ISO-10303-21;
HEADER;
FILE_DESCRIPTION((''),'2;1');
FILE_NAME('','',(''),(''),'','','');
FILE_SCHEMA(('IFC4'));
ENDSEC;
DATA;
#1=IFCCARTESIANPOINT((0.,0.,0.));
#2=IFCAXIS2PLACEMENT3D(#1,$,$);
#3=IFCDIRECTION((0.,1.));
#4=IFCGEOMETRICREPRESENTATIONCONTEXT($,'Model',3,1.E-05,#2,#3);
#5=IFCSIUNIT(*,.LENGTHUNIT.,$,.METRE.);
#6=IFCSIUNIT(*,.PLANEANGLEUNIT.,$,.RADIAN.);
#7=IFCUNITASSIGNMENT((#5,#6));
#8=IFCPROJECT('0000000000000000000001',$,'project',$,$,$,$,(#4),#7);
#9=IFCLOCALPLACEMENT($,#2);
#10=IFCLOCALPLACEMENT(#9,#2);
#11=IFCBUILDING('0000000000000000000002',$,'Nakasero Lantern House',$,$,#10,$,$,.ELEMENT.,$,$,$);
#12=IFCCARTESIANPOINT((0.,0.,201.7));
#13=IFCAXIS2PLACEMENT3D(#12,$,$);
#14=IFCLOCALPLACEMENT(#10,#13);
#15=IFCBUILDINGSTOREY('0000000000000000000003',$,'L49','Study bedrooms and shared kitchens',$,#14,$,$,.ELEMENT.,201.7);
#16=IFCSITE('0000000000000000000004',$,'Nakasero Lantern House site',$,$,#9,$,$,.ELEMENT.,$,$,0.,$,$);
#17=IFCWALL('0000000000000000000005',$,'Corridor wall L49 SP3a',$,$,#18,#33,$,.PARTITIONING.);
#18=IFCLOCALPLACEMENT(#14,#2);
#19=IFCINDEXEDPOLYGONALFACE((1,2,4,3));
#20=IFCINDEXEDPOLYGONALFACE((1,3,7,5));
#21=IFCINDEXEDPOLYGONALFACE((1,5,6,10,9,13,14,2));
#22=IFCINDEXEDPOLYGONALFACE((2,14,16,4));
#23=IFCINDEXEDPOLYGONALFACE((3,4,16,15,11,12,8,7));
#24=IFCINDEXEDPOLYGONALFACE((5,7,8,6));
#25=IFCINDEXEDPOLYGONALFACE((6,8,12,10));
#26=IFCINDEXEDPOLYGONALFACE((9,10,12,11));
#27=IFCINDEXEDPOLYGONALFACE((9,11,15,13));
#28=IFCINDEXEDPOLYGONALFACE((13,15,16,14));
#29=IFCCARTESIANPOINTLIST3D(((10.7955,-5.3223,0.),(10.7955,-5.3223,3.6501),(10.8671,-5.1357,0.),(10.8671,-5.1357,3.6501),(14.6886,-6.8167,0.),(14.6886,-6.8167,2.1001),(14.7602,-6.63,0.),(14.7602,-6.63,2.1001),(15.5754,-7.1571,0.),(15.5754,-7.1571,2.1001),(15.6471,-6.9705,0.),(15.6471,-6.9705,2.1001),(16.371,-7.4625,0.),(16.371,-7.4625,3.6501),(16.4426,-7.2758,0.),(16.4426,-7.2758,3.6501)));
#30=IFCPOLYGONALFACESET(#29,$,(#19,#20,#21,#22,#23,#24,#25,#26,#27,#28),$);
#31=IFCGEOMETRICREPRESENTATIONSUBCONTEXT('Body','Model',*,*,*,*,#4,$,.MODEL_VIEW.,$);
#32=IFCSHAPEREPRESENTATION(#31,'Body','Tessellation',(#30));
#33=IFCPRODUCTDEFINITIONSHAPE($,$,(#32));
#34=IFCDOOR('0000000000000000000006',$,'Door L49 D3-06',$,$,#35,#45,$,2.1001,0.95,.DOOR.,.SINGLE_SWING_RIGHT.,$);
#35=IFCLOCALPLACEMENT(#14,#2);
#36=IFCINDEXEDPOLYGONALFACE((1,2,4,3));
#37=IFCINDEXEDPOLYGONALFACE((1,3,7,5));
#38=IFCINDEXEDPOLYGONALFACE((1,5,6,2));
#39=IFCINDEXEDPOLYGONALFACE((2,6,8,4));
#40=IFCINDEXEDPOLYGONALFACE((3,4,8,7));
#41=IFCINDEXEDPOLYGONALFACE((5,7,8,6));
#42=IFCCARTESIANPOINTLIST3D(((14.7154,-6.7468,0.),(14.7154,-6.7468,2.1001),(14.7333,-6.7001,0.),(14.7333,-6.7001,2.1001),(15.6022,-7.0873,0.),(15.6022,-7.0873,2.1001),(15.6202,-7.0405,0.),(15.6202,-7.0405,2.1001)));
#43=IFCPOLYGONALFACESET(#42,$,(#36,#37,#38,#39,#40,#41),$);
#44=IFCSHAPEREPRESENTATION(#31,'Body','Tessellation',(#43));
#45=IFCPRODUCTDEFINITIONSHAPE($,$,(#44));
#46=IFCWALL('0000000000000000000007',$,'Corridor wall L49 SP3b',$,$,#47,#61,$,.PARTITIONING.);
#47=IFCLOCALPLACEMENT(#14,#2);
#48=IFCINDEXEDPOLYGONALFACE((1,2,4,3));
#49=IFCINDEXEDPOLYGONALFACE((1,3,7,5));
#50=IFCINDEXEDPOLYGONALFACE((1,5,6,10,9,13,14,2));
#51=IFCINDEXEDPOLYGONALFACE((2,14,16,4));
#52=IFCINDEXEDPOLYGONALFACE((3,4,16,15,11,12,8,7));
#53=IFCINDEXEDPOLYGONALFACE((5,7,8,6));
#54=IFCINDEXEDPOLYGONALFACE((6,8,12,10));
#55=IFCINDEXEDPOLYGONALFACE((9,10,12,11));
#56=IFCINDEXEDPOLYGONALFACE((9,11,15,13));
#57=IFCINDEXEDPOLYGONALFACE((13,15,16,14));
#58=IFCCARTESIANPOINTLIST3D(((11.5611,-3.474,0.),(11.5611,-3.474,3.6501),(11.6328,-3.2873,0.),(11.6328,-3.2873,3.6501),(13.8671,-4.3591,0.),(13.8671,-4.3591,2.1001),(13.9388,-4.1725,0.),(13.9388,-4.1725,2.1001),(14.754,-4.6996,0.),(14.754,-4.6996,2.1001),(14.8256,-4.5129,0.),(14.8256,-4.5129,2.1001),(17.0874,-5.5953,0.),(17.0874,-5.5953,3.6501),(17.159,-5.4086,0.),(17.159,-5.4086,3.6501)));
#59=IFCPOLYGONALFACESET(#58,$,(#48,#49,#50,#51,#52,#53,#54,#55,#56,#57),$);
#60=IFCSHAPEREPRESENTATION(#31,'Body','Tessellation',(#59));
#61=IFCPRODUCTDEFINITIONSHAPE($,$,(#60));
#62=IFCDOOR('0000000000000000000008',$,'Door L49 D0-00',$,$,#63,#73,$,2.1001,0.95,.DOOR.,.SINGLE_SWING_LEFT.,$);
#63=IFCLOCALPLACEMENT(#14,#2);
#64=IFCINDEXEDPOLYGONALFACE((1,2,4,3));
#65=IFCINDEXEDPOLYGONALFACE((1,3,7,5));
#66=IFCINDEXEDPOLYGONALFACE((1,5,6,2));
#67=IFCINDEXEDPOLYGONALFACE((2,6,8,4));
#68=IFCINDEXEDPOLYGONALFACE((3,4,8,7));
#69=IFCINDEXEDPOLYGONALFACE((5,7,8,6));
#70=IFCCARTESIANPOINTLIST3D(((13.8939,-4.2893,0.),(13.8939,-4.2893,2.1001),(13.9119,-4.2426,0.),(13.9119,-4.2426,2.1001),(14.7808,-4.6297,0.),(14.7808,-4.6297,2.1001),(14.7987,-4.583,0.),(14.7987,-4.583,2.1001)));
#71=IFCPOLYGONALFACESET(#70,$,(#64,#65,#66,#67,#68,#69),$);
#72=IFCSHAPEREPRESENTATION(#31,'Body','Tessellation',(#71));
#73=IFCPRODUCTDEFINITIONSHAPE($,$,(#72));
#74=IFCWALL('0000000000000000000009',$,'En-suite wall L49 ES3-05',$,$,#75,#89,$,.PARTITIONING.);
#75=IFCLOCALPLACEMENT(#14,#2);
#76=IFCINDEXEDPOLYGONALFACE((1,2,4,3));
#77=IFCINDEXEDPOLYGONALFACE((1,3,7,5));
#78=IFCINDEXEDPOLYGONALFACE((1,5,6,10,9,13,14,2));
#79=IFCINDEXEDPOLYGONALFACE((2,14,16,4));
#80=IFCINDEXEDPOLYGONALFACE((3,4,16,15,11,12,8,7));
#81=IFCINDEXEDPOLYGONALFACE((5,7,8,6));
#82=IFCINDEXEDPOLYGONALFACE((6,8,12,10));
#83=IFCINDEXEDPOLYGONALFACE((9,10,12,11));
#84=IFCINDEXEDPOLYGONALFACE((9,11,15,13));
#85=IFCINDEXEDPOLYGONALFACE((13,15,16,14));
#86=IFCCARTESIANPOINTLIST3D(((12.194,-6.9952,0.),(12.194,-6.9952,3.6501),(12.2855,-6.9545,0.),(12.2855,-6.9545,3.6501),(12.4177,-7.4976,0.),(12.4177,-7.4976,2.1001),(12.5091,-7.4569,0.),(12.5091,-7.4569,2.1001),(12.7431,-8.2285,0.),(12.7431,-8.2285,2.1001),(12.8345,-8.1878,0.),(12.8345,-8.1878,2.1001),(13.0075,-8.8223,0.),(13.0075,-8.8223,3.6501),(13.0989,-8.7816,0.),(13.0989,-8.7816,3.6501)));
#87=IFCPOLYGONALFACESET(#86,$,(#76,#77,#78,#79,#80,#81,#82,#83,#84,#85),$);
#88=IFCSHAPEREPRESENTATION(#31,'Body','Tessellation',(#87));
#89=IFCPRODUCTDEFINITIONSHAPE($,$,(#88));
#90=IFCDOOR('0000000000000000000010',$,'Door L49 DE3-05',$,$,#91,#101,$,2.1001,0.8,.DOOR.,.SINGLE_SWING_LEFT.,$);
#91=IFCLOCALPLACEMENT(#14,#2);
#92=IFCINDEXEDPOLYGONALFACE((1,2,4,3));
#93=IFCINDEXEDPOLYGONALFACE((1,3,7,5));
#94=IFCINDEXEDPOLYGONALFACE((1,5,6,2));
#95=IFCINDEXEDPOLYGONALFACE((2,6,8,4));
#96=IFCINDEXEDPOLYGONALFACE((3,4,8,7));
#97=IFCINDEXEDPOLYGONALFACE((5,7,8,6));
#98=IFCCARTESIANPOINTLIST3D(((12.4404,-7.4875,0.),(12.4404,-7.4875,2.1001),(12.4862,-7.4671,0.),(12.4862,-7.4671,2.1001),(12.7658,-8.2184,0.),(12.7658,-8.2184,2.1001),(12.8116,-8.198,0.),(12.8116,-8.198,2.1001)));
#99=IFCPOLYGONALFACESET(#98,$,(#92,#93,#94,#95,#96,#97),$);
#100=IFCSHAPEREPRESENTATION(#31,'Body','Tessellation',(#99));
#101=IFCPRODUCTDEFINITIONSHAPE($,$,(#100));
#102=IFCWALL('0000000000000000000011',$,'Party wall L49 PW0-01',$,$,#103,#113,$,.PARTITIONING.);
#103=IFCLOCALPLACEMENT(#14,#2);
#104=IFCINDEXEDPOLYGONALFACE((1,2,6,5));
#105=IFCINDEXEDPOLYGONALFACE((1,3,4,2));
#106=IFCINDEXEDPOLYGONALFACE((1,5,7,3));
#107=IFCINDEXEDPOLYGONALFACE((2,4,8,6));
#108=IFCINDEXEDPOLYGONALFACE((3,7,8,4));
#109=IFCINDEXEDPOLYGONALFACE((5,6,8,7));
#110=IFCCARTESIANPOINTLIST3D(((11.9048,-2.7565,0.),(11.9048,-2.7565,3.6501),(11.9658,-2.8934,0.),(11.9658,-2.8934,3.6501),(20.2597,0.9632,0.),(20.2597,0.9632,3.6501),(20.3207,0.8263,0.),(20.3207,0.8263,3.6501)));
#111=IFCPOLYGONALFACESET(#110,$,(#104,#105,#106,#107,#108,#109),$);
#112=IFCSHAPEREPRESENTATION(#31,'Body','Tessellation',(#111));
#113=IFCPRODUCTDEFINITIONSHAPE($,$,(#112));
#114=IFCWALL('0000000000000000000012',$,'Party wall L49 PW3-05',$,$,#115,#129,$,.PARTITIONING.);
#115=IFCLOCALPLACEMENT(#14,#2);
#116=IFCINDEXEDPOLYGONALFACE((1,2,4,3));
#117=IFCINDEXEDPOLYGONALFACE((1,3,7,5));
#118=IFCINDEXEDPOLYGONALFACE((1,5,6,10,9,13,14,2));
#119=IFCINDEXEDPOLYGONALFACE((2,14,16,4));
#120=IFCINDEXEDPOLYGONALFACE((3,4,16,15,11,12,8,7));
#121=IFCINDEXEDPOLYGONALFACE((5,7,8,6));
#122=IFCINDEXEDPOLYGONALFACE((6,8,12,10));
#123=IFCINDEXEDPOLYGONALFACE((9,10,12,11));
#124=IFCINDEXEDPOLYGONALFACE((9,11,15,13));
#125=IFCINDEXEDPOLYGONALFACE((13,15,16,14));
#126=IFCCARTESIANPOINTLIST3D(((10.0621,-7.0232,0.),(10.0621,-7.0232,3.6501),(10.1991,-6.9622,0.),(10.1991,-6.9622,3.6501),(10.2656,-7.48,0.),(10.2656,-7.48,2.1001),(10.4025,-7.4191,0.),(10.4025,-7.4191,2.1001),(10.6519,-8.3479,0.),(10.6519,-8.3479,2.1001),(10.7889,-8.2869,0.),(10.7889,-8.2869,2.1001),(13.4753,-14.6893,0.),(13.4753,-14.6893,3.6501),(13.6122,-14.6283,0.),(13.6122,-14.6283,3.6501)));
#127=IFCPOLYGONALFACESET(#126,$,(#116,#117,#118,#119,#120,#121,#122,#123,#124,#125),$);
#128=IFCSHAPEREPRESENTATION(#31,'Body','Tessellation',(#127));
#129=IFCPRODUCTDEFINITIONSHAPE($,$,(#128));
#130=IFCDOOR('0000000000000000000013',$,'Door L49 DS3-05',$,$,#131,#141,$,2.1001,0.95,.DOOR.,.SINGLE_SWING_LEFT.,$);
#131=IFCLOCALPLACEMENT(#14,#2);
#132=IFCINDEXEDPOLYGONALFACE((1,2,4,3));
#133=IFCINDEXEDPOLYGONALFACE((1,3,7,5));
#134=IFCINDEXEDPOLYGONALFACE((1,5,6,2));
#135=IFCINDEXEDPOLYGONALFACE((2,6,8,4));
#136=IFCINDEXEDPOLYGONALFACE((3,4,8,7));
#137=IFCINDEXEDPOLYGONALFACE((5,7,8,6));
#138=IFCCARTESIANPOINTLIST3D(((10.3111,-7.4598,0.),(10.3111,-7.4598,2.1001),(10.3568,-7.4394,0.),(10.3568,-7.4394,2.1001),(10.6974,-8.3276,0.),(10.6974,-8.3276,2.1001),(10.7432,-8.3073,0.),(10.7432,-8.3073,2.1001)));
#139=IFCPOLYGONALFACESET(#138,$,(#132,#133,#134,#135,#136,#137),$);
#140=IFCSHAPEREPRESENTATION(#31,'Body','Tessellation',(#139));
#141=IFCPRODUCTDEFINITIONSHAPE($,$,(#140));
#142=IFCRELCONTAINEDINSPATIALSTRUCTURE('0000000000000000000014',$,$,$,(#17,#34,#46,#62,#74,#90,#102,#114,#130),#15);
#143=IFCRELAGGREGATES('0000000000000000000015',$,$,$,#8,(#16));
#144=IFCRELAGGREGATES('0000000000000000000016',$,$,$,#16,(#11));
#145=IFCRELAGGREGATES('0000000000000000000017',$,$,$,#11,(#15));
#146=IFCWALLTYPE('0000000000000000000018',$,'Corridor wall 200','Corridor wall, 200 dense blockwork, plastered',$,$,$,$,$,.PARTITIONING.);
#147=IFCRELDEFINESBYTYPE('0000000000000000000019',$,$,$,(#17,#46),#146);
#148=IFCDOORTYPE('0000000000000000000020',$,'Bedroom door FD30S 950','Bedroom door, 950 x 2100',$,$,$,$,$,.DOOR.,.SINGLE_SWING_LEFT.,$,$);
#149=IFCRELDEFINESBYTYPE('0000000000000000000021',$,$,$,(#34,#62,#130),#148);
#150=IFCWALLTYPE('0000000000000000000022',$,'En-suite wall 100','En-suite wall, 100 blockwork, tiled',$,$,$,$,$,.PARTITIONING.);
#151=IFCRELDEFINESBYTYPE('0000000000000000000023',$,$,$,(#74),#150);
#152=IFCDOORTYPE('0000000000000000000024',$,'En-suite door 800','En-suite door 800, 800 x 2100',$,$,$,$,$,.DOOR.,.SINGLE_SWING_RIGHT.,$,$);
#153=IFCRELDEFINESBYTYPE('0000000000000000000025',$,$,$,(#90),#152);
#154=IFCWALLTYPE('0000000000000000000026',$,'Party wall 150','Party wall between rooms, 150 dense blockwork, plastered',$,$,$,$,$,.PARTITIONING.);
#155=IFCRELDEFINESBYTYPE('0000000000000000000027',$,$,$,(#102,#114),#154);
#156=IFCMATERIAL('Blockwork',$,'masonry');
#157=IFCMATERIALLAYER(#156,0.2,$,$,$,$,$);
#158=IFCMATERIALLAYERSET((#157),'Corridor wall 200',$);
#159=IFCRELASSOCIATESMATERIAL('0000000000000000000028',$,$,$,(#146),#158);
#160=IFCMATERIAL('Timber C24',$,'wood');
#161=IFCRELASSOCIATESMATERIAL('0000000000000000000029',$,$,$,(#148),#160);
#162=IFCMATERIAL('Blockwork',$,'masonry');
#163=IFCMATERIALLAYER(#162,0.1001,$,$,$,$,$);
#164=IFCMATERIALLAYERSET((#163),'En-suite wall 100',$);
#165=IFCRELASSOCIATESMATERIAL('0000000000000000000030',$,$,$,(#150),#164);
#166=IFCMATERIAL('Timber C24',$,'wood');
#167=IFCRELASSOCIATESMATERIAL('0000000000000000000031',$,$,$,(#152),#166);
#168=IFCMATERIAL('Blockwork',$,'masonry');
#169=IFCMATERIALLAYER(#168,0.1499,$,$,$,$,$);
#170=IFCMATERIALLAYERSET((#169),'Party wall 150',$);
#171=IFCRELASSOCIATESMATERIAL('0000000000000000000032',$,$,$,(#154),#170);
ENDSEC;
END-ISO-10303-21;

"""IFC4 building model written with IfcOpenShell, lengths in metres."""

from ifc_helpers import new_model, si_unit, direction, frame, frame_2d, origin, place, context, subcontext, project, spatial, rectangle, extrude, material, layer, layer_set, type_object, element, fill, save


model = new_model("IFC4")

# Units and contexts
model_context = context("Model", 3, precision=1e-05, world=origin(), true_north=direction((0.0, 1.0)))
body_context = subcontext(model_context, "Body", "Model", "MODEL_VIEW")
ifc_project = project(units=[si_unit("LENGTHUNIT", "METRE"), si_unit("PLANEANGLEUNIT", "RADIAN")], contexts=[model_context])

# Site, building, storey
site_placement = place(None, origin())
site = spatial("IfcSite", under=ifc_project, at=site_placement, Name="Nakasero Lantern House site", CompositionType="ELEMENT", RefElevation=0.0)
building_placement = place(site_placement, origin())
building = spatial("IfcBuilding", under=site, at=building_placement, Name="Nakasero Lantern House", CompositionType="ELEMENT")
storey_placement = place(building_placement, frame((0.0, 0.0, 201.7)))
storey = spatial("IfcBuildingStorey", under=building, at=storey_placement, Name="L49", Description="Study bedrooms and shared kitchens", CompositionType="ELEMENT", Elevation=201.7)

# Shared definitions
ifc_material_1 = material(Name="Blockwork", Category="masonry")
ifc_layer_1 = layer(ifc_material_1, 0.2)
ifc_layer_set_1 = layer_set([ifc_layer_1], Name="Corridor wall 200")
wall_type_1 = type_object("IfcWallType", Name="Corridor wall 200", Description="Corridor wall, 200 dense blockwork, plastered", PredefinedType="PARTITIONING", material=ifc_layer_set_1)

# Walls, openings, doors
wall_1_placement = place(storey_placement, frame((10.8313, -5.229, 0.0), z_axis=(0.0, 0.0, 1.0), x_axis=(0.933585, -0.358357, 0.0)))
wall_1 = element("IfcWall", 1, at=wall_1_placement, inside=storey, type_object=wall_type_1, Name="Corridor wall L49 SP3a", PredefinedType="PARTITIONING", context=body_context, shape_type="SweptSolid", body=[
    extrude(rectangle(XDim=5.9722, YDim=0.2, at=frame_2d((2.9861, 0.0))), origin(), (0.0, 0.0, 1.0), 3.6501),
])
opening_1_placement = place(wall_1_placement, frame((4.1699, 0.0, 0.0)))
opening_1 = element("IfcOpeningElement", 2, at=opening_1_placement, cuts=wall_1, PredefinedType="OPENING", context=body_context, shape_type="SweptSolid", body=[
    extrude(rectangle(XDim=0.95, YDim=2.1001, at=frame_2d((0.4751, 1.05))), frame((0.0, 0.1199, 0.0), z_axis=(0.0, -1.0, 0.0), x_axis=(1.0, 0.0, 0.0)), (0.0, 0.0, 1.0), 0.24),
])
ifc_material_2 = material(Name="Timber C24", Category="wood")
door_type_1 = type_object("IfcDoorType", Name="Bedroom door FD30S 950", Description="Bedroom door, 950 x 2100", OperationType="SINGLE_SWING_LEFT", PredefinedType="DOOR", material=ifc_material_2)
door_1_placement = place(opening_1_placement, origin())
door_1 = element("IfcDoor", 3, at=door_1_placement, inside=storey, type_object=door_type_1, Name="Door L49 D3-06", OperationType="SINGLE_SWING_RIGHT", OverallHeight=2.1001, OverallWidth=0.95, PredefinedType="DOOR", context=body_context, shape_type="SweptSolid", body=[
    extrude(rectangle(XDim=0.95, YDim=2.1001, at=frame_2d((0.4751, 1.05))), frame((0.0, 0.0249, 0.0), z_axis=(0.0, -1.0, 0.0), x_axis=(1.0, 0.0, 0.0)), (0.0, 0.0, 1.0), 0.05),
])
fill(opening_1, door_1)
wall_2_placement = place(storey_placement, frame((11.5969, -3.3806, 0.0), z_axis=(0.0, 0.0, 1.0), x_axis=(0.933582, -0.358363, 0.0)))
wall_2 = element("IfcWall", 4, at=wall_2_placement, inside=storey, type_object=wall_type_1, Name="Corridor wall L49 SP3b", PredefinedType="PARTITIONING", context=body_context, shape_type="SweptSolid", body=[
    extrude(rectangle(XDim=5.9194, YDim=0.2, at=frame_2d((2.9597, 0.0))), origin(), (0.0, 0.0, 1.0), 3.6501),
])
opening_2_placement = place(wall_2_placement, frame((2.47, 0.0, 0.0)))
opening_2 = element("IfcOpeningElement", 5, at=opening_2_placement, cuts=wall_2, PredefinedType="OPENING", context=body_context, shape_type="SweptSolid", body=[
    extrude(rectangle(XDim=0.95, YDim=2.1001, at=frame_2d((0.4751, 1.05))), frame((0.0, 0.1199, 0.0), z_axis=(0.0, -1.0, 0.0), x_axis=(1.0, 0.0, 0.0)), (0.0, 0.0, 1.0), 0.24),
])
door_2_placement = place(opening_2_placement, origin())
door_2 = element("IfcDoor", 6, at=door_2_placement, inside=storey, type_object=door_type_1, Name="Door L49 D0-00", OperationType="SINGLE_SWING_LEFT", OverallHeight=2.1001, OverallWidth=0.95, PredefinedType="DOOR", context=body_context, shape_type="SweptSolid", body=[
    extrude(rectangle(XDim=0.95, YDim=2.1001, at=frame_2d((0.4751, 1.05))), frame((0.0, 0.0249, 0.0), z_axis=(0.0, -1.0, 0.0), x_axis=(1.0, 0.0, 0.0)), (0.0, 0.0, 1.0), 0.05),
])
fill(opening_2, door_2)
ifc_material_3 = material(Name="Blockwork", Category="masonry")
ifc_layer_2 = layer(ifc_material_3, 0.1001)
ifc_layer_set_2 = layer_set([ifc_layer_2], Name="En-suite wall 100")
wall_type_2 = type_object("IfcWallType", Name="En-suite wall 100", Description="En-suite wall, 100 blockwork, tiled", PredefinedType="PARTITIONING", material=ifc_layer_set_2)
wall_3_placement = place(storey_placement, frame((12.2397, -6.9749, 0.0), z_axis=(0.0, 0.0, 1.0), x_axis=(0.406727, -0.91355, 0.0)))
wall_3 = element("IfcWall", 7, at=wall_3_placement, inside=storey, type_object=wall_type_2, Name="En-suite wall L49 ES3-05", PredefinedType="PARTITIONING", context=body_context, shape_type="SweptSolid", body=[
    extrude(rectangle(XDim=2.0, YDim=0.1001, at=frame_2d((1.0, 0.0))), origin(), (0.0, 0.0, 1.0), 3.6501),
])
opening_3_placement = place(wall_3_placement, frame((0.55, 0.0, 0.0)))
opening_3 = element("IfcOpeningElement", 8, at=opening_3_placement, cuts=wall_3, PredefinedType="OPENING", context=body_context, shape_type="SweptSolid", body=[
    extrude(rectangle(XDim=0.8, YDim=2.1001, at=frame_2d((0.3999, 1.05))), frame((0.0, 0.0701, 0.0), z_axis=(0.0, -1.0, 0.0), x_axis=(1.0, 0.0, 0.0)), (0.0, 0.0, 1.0), 0.1401),
])
ifc_material_4 = material(Name="Timber C24", Category="wood")
door_type_2 = type_object("IfcDoorType", Name="En-suite door 800", Description="En-suite door 800, 800 x 2100", OperationType="SINGLE_SWING_RIGHT", PredefinedType="DOOR", material=ifc_material_4)
door_3_placement = place(opening_3_placement, origin())
door_3 = element("IfcDoor", 9, at=door_3_placement, inside=storey, type_object=door_type_2, Name="Door L49 DE3-05", OperationType="SINGLE_SWING_LEFT", OverallHeight=2.1001, OverallWidth=0.8, PredefinedType="DOOR", context=body_context, shape_type="SweptSolid", body=[
    extrude(rectangle(XDim=0.8, YDim=2.1001, at=frame_2d((0.3999, 1.05))), frame((0.0, 0.0249, 0.0), z_axis=(0.0, -1.0, 0.0), x_axis=(1.0, 0.0, 0.0)), (0.0, 0.0, 1.0), 0.05),
])
fill(opening_3, door_3)

# Wall
ifc_material_5 = material(Name="Blockwork", Category="masonry")
ifc_layer_3 = layer(ifc_material_5, 0.1499)
ifc_layer_set_3 = layer_set([ifc_layer_3], Name="Party wall 150")
wall_type_3 = type_object("IfcWallType", Name="Party wall 150", Description="Party wall between rooms, 150 dense blockwork, plastered", PredefinedType="PARTITIONING", material=ifc_layer_set_3)
wall_4_placement = place(storey_placement, frame((11.9353, -2.825, 0.0), z_axis=(0.0, 0.0, 1.0), x_axis=(0.913552, 0.406723, 0.0)))
element("IfcWall", 10, at=wall_4_placement, inside=storey, type_object=wall_type_3, Name="Party wall L49 PW0-01", PredefinedType="PARTITIONING", context=body_context, shape_type="SweptSolid", body=[
    extrude(rectangle(XDim=9.1455, YDim=0.1499, at=frame_2d((4.5728, 0.0))), origin(), (0.0, 0.0, 1.0), 3.6501),
])

# Wall, opening, door
wall_5_placement = place(storey_placement, frame((10.1306, -6.9927, 0.0), z_axis=(0.0, 0.0, 1.0), x_axis=(0.406732, -0.913547, 0.0)))
wall_5 = element("IfcWall", 11, at=wall_5_placement, inside=storey, type_object=wall_type_3, Name="Party wall L49 PW3-05", PredefinedType="PARTITIONING", context=body_context, shape_type="SweptSolid", body=[
    extrude(rectangle(XDim=8.3916, YDim=0.1499, at=frame_2d((4.1958, 0.0))), origin(), (0.0, 0.0, 1.0), 3.6501),
])
opening_4_placement = place(wall_5_placement, frame((0.5, 0.0, 0.0)))
opening_4 = element("IfcOpeningElement", 12, at=opening_4_placement, cuts=wall_5, PredefinedType="OPENING", context=body_context, shape_type="SweptSolid", body=[
    extrude(rectangle(XDim=0.95, YDim=2.1001, at=frame_2d((0.4751, 1.05))), frame((0.0, 0.095, 0.0), z_axis=(0.0, -1.0, 0.0), x_axis=(1.0, 0.0, 0.0)), (0.0, 0.0, 1.0), 0.1899),
])
door_4_placement = place(opening_4_placement, origin())
door_4 = element("IfcDoor", 13, at=door_4_placement, inside=storey, type_object=door_type_1, Name="Door L49 DS3-05", OperationType="SINGLE_SWING_LEFT", OverallHeight=2.1001, OverallWidth=0.95, PredefinedType="DOOR", context=body_context, shape_type="SweptSolid", body=[
    extrude(rectangle(XDim=0.95, YDim=2.1001, at=frame_2d((0.4751, 1.05))), frame((0.0, 0.0249, 0.0), z_axis=(0.0, -1.0, 0.0), x_axis=(1.0, 0.0, 0.0)), (0.0, 0.0, 1.0), 0.05),
])
fill(opening_4, door_4)

save(model, "model.ifc")
